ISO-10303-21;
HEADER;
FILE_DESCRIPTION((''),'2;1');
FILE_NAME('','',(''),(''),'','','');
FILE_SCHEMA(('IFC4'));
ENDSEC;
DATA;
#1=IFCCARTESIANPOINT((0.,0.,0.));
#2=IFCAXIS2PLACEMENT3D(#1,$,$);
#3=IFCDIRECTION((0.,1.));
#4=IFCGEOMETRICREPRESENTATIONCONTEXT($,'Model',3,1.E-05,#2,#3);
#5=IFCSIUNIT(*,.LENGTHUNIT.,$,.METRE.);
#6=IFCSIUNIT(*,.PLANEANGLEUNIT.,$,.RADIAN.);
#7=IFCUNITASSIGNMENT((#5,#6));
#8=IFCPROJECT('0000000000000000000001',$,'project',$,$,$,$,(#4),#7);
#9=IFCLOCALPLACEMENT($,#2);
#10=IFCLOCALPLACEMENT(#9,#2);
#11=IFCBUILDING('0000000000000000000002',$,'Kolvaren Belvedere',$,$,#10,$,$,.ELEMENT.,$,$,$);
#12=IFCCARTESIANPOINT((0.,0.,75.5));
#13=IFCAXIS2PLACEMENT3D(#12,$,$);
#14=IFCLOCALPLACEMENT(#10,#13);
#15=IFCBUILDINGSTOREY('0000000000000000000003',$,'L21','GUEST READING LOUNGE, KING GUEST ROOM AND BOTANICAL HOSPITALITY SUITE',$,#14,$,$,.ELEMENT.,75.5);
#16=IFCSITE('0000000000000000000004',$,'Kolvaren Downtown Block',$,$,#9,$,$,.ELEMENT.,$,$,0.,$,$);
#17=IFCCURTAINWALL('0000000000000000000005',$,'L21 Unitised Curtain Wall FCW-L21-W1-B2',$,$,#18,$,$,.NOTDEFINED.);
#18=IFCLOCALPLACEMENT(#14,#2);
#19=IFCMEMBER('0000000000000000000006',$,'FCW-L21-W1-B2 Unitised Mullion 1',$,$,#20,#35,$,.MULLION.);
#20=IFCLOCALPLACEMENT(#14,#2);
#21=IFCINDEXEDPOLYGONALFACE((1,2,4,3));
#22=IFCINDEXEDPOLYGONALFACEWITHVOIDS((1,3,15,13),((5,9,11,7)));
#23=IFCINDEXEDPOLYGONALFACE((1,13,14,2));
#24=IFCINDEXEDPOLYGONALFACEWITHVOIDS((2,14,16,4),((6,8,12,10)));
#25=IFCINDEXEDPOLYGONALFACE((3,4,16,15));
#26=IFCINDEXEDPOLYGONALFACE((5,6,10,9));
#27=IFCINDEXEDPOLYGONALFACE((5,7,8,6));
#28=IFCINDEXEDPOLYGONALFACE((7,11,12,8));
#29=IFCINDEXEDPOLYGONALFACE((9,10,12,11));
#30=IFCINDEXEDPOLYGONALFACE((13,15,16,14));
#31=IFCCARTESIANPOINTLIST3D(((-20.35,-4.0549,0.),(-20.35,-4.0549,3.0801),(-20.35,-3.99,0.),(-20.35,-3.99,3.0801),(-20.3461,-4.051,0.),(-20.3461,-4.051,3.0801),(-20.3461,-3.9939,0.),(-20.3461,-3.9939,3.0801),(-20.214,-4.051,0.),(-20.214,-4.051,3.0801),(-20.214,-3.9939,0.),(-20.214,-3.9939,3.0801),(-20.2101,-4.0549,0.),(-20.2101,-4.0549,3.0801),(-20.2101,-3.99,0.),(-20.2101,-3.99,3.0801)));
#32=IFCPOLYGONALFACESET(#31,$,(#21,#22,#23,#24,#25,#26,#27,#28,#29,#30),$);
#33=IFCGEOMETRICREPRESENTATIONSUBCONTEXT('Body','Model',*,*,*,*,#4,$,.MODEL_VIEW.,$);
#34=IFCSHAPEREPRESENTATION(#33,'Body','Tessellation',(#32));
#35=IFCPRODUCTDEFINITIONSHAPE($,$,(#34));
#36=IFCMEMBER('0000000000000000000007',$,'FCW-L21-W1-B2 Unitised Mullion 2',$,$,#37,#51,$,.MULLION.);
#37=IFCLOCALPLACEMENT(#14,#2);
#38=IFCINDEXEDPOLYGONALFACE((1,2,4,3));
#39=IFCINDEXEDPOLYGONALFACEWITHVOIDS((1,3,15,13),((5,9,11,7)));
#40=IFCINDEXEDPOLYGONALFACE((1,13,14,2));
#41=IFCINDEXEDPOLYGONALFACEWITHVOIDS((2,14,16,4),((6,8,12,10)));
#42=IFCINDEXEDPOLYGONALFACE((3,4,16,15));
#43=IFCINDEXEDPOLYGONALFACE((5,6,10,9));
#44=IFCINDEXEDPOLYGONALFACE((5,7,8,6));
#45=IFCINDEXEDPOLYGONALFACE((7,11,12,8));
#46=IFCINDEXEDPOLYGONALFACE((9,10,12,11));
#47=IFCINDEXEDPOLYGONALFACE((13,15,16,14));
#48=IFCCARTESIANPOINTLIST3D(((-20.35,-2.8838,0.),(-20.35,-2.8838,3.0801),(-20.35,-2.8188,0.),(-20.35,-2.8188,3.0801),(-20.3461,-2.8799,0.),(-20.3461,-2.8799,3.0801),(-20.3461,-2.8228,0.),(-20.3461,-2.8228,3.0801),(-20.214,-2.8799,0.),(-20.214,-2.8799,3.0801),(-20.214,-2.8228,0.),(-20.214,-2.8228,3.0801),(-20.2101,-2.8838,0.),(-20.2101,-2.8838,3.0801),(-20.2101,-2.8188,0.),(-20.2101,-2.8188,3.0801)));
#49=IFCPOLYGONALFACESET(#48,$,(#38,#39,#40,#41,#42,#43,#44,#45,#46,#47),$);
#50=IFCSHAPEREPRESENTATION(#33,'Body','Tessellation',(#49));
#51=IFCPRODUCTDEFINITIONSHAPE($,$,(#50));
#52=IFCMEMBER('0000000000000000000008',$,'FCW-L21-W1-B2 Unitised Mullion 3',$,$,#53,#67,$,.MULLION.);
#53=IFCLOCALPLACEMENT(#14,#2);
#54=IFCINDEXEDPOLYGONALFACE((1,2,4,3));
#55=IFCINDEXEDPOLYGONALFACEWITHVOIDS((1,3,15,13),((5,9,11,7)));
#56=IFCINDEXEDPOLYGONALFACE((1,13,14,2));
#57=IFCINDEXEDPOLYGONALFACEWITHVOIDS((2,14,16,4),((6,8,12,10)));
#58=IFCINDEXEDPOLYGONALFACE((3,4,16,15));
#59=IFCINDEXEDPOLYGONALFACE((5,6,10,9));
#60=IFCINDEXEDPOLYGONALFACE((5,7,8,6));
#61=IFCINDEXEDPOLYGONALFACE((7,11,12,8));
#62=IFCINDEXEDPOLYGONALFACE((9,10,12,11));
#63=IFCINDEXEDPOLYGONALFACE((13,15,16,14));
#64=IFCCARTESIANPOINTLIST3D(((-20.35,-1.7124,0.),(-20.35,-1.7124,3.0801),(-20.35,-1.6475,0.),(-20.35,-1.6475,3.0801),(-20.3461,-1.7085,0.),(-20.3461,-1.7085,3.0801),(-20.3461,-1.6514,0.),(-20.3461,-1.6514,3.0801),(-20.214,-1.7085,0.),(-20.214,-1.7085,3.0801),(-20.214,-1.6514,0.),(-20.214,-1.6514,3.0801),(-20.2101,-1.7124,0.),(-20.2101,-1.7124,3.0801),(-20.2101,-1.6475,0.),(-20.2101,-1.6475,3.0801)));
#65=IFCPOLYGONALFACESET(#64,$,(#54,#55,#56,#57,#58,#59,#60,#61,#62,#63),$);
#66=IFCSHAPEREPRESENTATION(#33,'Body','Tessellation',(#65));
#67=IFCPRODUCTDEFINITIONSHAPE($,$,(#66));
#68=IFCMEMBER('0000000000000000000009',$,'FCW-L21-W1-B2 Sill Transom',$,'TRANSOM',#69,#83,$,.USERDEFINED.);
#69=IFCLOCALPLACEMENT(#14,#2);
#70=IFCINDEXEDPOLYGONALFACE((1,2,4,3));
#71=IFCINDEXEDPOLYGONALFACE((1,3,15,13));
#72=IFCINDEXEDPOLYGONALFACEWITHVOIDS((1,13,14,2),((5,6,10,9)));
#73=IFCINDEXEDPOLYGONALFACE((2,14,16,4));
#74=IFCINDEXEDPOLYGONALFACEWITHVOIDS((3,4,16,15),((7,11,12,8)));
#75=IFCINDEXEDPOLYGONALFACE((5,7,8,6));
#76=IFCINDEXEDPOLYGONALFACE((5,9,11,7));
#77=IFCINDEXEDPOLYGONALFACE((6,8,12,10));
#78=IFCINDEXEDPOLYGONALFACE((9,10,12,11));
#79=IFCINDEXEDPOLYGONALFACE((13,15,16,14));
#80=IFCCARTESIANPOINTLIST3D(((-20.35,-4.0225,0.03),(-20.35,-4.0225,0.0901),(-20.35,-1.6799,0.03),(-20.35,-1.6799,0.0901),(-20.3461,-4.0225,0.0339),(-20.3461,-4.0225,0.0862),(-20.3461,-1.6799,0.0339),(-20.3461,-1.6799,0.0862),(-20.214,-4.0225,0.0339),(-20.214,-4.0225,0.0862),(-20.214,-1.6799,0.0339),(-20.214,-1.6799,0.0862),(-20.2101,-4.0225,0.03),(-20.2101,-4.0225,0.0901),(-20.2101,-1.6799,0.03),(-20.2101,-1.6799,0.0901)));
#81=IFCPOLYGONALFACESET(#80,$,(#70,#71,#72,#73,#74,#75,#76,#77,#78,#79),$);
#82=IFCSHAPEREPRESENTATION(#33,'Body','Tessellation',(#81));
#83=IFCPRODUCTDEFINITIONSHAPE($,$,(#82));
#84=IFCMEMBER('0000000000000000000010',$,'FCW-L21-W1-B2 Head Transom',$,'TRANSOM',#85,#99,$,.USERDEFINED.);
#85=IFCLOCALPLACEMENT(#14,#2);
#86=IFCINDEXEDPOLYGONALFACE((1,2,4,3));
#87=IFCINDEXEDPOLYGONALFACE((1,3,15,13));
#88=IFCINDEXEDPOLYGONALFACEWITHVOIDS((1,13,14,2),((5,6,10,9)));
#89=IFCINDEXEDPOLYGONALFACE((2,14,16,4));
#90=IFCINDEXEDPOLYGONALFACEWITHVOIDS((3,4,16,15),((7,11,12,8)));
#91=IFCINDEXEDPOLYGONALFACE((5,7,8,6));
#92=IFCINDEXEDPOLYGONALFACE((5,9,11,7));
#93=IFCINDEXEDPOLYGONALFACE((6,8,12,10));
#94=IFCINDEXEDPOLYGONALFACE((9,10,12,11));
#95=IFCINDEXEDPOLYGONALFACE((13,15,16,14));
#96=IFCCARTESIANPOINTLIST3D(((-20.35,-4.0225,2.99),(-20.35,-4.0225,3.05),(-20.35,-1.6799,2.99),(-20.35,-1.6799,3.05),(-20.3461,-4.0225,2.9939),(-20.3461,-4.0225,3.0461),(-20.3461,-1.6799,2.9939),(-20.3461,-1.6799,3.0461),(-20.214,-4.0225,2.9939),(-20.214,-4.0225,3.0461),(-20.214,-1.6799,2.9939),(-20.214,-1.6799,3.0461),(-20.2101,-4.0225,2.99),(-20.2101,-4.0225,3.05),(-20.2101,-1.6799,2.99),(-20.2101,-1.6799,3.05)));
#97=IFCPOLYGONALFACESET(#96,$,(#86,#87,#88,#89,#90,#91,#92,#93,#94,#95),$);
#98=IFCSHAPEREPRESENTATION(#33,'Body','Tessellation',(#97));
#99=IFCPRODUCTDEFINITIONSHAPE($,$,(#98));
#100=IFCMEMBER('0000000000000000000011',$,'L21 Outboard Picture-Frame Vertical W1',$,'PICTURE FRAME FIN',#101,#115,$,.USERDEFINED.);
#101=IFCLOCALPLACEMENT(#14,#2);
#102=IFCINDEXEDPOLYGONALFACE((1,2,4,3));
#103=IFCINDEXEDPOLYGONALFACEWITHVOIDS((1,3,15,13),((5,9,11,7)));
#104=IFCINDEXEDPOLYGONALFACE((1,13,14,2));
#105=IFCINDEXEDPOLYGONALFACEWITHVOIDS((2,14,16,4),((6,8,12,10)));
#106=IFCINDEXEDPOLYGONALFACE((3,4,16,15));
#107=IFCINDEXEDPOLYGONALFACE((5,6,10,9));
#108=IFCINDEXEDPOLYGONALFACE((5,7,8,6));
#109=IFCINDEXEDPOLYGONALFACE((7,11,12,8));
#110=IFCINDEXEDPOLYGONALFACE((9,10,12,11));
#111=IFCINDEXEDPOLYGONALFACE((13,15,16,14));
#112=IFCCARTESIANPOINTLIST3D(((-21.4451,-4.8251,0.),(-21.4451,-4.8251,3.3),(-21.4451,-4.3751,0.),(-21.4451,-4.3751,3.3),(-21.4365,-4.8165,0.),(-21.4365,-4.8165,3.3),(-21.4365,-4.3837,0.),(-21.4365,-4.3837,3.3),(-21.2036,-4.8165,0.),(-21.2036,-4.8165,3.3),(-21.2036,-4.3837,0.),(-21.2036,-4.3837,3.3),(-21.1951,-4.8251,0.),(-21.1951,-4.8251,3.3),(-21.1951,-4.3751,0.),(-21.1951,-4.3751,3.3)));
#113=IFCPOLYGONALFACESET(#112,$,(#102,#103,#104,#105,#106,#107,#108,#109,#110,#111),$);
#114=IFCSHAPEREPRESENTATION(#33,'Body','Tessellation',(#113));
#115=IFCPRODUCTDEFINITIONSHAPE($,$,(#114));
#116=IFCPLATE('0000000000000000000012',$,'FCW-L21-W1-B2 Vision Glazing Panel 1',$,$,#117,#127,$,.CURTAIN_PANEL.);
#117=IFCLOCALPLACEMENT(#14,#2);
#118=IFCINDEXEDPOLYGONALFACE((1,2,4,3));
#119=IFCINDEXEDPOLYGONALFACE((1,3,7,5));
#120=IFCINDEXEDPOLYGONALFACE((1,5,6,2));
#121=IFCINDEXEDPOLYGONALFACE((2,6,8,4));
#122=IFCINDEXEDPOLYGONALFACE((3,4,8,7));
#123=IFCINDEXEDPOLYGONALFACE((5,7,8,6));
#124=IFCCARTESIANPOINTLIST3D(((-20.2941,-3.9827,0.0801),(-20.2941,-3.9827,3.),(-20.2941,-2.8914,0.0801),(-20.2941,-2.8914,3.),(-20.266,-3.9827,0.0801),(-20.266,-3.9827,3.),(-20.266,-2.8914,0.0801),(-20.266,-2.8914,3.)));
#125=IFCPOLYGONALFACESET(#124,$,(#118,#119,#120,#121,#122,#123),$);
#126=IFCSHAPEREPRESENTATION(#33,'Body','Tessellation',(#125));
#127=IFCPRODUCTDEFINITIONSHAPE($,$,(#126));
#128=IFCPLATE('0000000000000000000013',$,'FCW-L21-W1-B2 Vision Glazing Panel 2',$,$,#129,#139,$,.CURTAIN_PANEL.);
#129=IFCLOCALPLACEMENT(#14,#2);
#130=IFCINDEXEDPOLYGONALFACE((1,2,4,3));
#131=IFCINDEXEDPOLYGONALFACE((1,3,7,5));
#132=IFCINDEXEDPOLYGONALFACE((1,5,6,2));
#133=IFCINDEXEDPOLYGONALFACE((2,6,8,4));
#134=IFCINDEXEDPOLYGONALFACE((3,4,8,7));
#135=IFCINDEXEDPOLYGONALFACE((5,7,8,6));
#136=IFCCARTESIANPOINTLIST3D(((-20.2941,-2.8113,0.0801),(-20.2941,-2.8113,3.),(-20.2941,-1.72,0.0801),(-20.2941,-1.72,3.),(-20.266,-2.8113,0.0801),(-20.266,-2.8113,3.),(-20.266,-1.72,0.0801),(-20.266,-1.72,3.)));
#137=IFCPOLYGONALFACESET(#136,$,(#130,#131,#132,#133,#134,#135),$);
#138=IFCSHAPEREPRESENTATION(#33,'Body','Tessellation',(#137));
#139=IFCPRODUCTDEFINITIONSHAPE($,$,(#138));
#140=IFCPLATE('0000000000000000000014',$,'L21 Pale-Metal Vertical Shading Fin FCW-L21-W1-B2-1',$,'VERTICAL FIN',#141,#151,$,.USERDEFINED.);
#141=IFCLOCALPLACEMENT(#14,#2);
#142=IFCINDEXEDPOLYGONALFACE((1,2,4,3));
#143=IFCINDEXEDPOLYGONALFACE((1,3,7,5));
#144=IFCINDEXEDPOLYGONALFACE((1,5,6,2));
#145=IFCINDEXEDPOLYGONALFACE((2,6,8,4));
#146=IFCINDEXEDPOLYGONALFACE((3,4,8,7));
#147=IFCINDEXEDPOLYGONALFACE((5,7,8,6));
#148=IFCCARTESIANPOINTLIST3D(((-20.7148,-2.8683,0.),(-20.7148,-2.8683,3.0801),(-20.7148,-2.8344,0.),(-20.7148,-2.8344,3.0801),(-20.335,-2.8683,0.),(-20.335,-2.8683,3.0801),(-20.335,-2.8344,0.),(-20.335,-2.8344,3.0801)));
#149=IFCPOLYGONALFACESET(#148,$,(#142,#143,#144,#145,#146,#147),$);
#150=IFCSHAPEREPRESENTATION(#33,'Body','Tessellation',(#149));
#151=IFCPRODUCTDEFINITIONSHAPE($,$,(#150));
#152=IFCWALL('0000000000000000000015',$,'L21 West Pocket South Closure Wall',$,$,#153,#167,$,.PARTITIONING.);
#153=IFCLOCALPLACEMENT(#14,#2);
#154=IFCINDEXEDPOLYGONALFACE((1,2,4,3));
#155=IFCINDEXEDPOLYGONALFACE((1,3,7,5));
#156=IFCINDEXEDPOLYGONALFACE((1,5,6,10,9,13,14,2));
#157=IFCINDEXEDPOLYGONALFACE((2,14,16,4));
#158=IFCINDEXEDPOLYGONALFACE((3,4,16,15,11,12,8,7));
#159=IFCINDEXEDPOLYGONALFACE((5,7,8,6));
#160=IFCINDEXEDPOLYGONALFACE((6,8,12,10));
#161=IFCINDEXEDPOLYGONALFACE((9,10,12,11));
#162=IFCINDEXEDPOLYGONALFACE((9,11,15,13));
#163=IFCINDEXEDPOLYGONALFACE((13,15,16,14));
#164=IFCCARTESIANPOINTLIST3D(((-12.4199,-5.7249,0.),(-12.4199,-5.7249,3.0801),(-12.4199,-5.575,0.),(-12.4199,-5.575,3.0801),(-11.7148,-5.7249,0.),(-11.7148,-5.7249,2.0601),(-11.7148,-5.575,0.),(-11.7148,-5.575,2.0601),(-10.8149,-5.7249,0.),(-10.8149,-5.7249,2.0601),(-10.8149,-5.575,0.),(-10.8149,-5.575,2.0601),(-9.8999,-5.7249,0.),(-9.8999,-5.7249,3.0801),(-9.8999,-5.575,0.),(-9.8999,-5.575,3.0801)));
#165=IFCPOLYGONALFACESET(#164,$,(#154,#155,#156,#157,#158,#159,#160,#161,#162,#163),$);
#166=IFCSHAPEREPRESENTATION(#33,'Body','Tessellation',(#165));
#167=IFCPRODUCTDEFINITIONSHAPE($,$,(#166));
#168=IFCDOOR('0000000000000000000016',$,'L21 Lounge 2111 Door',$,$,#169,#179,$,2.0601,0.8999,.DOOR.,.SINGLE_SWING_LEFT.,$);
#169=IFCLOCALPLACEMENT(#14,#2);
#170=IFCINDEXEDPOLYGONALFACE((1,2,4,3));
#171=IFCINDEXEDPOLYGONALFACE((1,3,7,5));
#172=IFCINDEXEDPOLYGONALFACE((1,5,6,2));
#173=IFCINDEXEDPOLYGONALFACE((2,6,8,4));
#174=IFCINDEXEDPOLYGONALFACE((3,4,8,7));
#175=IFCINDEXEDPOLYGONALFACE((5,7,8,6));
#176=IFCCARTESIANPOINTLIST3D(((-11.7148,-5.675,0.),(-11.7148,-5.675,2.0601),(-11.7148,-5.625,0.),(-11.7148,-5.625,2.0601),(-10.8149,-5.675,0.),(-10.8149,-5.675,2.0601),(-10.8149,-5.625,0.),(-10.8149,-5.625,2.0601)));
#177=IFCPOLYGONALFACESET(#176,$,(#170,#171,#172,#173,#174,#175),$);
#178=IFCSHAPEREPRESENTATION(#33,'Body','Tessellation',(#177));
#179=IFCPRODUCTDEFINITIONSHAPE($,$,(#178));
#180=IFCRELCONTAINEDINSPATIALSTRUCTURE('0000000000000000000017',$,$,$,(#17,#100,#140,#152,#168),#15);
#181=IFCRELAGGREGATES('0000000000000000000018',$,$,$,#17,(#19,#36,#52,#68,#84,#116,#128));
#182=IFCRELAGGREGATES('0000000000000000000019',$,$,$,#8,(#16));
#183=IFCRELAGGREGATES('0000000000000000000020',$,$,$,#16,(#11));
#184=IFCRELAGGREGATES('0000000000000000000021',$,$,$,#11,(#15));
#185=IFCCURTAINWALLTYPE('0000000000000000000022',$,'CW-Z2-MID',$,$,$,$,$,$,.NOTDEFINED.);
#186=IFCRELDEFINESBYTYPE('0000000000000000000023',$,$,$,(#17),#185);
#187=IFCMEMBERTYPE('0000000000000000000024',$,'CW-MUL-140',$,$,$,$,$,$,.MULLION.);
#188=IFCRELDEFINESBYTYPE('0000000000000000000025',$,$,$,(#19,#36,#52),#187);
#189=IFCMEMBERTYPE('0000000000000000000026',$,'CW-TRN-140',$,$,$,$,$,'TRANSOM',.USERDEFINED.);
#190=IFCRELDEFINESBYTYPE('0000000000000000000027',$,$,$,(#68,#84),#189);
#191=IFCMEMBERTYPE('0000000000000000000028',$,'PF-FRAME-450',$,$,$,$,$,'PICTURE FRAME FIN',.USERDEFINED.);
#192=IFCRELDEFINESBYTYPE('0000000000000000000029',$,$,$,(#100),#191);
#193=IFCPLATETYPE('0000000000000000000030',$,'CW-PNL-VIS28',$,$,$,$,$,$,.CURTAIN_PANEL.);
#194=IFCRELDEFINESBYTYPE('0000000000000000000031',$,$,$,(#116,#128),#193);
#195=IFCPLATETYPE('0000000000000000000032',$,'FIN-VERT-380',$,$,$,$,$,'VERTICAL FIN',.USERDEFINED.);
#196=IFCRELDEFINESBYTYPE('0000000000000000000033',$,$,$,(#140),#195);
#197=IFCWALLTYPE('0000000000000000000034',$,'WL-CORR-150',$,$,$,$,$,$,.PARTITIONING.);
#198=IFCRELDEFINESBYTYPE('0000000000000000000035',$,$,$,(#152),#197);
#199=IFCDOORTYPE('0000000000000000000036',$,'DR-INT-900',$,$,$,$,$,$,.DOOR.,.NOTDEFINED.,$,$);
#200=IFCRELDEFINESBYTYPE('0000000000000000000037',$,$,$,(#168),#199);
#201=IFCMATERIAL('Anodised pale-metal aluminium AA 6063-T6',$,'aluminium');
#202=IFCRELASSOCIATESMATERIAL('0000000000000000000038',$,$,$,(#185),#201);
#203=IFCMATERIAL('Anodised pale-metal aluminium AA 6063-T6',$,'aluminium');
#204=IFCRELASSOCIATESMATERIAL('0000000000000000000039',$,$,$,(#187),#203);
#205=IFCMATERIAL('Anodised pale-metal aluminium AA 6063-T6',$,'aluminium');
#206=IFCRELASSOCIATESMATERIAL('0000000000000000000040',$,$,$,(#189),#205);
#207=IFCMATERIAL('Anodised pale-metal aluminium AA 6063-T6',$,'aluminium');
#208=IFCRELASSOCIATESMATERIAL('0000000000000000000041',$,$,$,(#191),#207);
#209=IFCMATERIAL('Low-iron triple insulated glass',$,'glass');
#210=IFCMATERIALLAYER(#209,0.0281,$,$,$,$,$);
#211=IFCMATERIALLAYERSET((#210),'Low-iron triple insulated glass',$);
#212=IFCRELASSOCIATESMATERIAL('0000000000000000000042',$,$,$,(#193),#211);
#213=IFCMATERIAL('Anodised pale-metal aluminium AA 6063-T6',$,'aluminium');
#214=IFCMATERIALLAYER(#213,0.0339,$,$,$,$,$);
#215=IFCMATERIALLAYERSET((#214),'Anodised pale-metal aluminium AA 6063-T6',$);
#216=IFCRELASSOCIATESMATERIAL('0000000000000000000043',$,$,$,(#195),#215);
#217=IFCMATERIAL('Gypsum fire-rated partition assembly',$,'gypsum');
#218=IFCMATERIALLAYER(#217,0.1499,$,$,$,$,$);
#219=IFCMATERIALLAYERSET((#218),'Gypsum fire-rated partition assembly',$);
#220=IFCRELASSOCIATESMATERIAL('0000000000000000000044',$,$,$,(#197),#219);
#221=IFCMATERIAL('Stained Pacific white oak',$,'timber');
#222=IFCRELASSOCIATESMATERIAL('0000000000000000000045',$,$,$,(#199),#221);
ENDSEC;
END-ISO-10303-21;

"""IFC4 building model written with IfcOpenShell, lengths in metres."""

from ifc_helpers import new_model, si_unit, direction, frame, frame_2d, origin, origin_2d, place, context, subcontext, project, spatial, rectangle, hollow_rectangle, extrude, material, layer, layer_set, material_profile, profile_set, type_object, element, fill, aggregate, save


model = new_model("IFC4")

# Units and contexts
model_context = context("Model", 3, precision=1e-05, world=origin(), true_north=direction((0.0, 1.0)))
body_context = subcontext(model_context, "Body", "Model", "MODEL_VIEW")
ifc_project = project(units=[si_unit("LENGTHUNIT", "METRE"), si_unit("PLANEANGLEUNIT", "RADIAN")], contexts=[model_context])

# Site, building, storey
site_placement = place(None, origin())
site = spatial("IfcSite", under=ifc_project, at=site_placement, Name="Kolvaren Downtown Block", CompositionType="ELEMENT", RefElevation=0.0)
building_placement = place(site_placement, origin())
building = spatial("IfcBuilding", under=site, at=building_placement, Name="Kolvaren Belvedere", CompositionType="ELEMENT")
storey_placement = place(building_placement, frame((0.0, 0.0, 75.5)))
storey = spatial("IfcBuildingStorey", under=building, at=storey_placement, Name="L21", Description="GUEST READING LOUNGE, KING GUEST ROOM AND BOTANICAL HOSPITALITY SUITE", CompositionType="ELEMENT", Elevation=75.5)

# Shared definitions
ifc_material_1 = material(Name="Anodised pale-metal aluminium AA 6063-T6", Category="aluminium")
curtain_wall_type = type_object("IfcCurtainWallType", Name="CW-Z2-MID", PredefinedType="NOTDEFINED", material=ifc_material_1)
ifc_material_2 = material(Name="Anodised pale-metal aluminium AA 6063-T6", Category="aluminium")
ifc_material_profile_1 = material_profile(ifc_material_2, hollow_rectangle(XDim=0.0649, YDim=0.1399, WallThickness=0.0039, at=origin_2d()), Name="ALU-MUL-140X65")
ifc_profile_set_1 = profile_set([ifc_material_profile_1], Name="Anodised pale-metal aluminium AA 6063-T6")
member_type_1 = type_object("IfcMemberType", Name="CW-MUL-140", PredefinedType="MULLION", material=ifc_profile_set_1)

# Curtain wall, members
curtain_wall_1_placement = place(storey_placement, origin())
curtain_wall_1 = element("IfcCurtainWall", 1, at=curtain_wall_1_placement, inside=storey, type_object=curtain_wall_type, Name="L21 Unitised Curtain Wall FCW-L21-W1-B2", PredefinedType="NOTDEFINED")
member_1_placement = place(storey_placement, frame((-20.28, -4.0225, 0.0), z_axis=(0.0, 0.0, 1.0), x_axis=(0.0, 1.0, 0.0)))
member_1 = element("IfcMember", 2, at=member_1_placement, type_object=member_type_1, Name="FCW-L21-W1-B2 Unitised Mullion 1", PredefinedType="MULLION", context=body_context, shape_type="SweptSolid", body=[
    extrude(hollow_rectangle(XDim=0.0649, YDim=0.1399, WallThickness=0.0039, at=origin_2d()), origin(), (0.0, 0.0, 1.0), 3.0801),
])
member_2_placement = place(storey_placement, frame((-20.28, -2.8513, 0.0), z_axis=(0.0, 0.0, 1.0), x_axis=(0.0, 1.0, 0.0)))
member_2 = element("IfcMember", 3, at=member_2_placement, type_object=member_type_1, Name="FCW-L21-W1-B2 Unitised Mullion 2", PredefinedType="MULLION", context=body_context, shape_type="SweptSolid", body=[
    extrude(hollow_rectangle(XDim=0.0649, YDim=0.1399, WallThickness=0.0039, at=origin_2d()), origin(), (0.0, 0.0, 1.0), 3.0801),
])
member_3_placement = place(storey_placement, frame((-20.28, -1.6799, 0.0), z_axis=(0.0, 0.0, 1.0), x_axis=(0.0, 1.0, 0.0)))
member_3 = element("IfcMember", 4, at=member_3_placement, type_object=member_type_1, Name="FCW-L21-W1-B2 Unitised Mullion 3", PredefinedType="MULLION", context=body_context, shape_type="SweptSolid", body=[
    extrude(hollow_rectangle(XDim=0.0649, YDim=0.1399, WallThickness=0.0039, at=origin_2d()), origin(), (0.0, 0.0, 1.0), 3.0801),
])
ifc_material_3 = material(Name="Anodised pale-metal aluminium AA 6063-T6", Category="aluminium")
ifc_material_profile_2 = material_profile(ifc_material_3, hollow_rectangle(XDim=0.0601, YDim=0.1399, WallThickness=0.0039, at=origin_2d()), Name="ALU-TRN-140X60")
ifc_profile_set_2 = profile_set([ifc_material_profile_2], Name="Anodised pale-metal aluminium AA 6063-T6")
member_type_2 = type_object("IfcMemberType", Name="CW-TRN-140", ElementType="TRANSOM", PredefinedType="USERDEFINED", material=ifc_profile_set_2)
member_4_placement = place(storey_placement, frame((-20.28, -4.0225, 0.0601), z_axis=(0.0, 1.0, 0.0), x_axis=(0.0, 0.0, 1.0)))
member_4 = element("IfcMember", 5, at=member_4_placement, type_object=member_type_2, Name="FCW-L21-W1-B2 Sill Transom", ObjectType="TRANSOM", PredefinedType="USERDEFINED", context=body_context, shape_type="SweptSolid", body=[
    extrude(hollow_rectangle(XDim=0.0601, YDim=0.1399, WallThickness=0.0039, at=origin_2d()), origin(), (0.0, 0.0, 1.0), 2.3425),
])
member_5_placement = place(storey_placement, frame((-20.28, -4.0225, 3.02), z_axis=(0.0, 1.0, 0.0), x_axis=(0.0, 0.0, 1.0)))
member_5 = element("IfcMember", 6, at=member_5_placement, type_object=member_type_2, Name="FCW-L21-W1-B2 Head Transom", ObjectType="TRANSOM", PredefinedType="USERDEFINED", context=body_context, shape_type="SweptSolid", body=[
    extrude(hollow_rectangle(XDim=0.0601, YDim=0.1399, WallThickness=0.0039, at=origin_2d()), origin(), (0.0, 0.0, 1.0), 2.3425),
])

# Member
ifc_material_4 = material(Name="Anodised pale-metal aluminium AA 6063-T6", Category="aluminium")
ifc_material_profile_3 = material_profile(ifc_material_4, hollow_rectangle(XDim=0.25, YDim=0.45, WallThickness=0.0085, at=origin_2d()), Name="ALU-PF-450X250")
ifc_profile_set_3 = profile_set([ifc_material_profile_3], Name="Anodised pale-metal aluminium AA 6063-T6")
member_type_3 = type_object("IfcMemberType", Name="PF-FRAME-450", ElementType="PICTURE FRAME FIN", PredefinedType="USERDEFINED", material=ifc_profile_set_3)
member_6_placement = place(storey_placement, frame((-21.3201, -4.6001, 0.0), z_axis=(0.0, 0.0, 1.0), x_axis=(1.0, 0.0, 0.0)))
element("IfcMember", 7, at=member_6_placement, inside=storey, type_object=member_type_3, Name="L21 Outboard Picture-Frame Vertical W1", ObjectType="PICTURE FRAME FIN", PredefinedType="USERDEFINED", context=body_context, shape_type="SweptSolid", body=[
    extrude(hollow_rectangle(XDim=0.25, YDim=0.45, WallThickness=0.0085, at=origin_2d()), origin(), (0.0, 0.0, 1.0), 3.3),
])

# Plates
ifc_material_5 = material(Name="Low-iron triple insulated glass", Category="glass")
ifc_layer_1 = layer(ifc_material_5, 0.0281)
ifc_layer_set_1 = layer_set([ifc_layer_1], Name="Low-iron triple insulated glass")
plate_type_1 = type_object("IfcPlateType", Name="CW-PNL-VIS28", PredefinedType="CURTAIN_PANEL", material=ifc_layer_set_1)
plate_1_placement = place(storey_placement, frame((-20.28, -3.437, 0.0801), z_axis=(0.0, 0.0, 1.0), x_axis=(0.0, 1.0, 0.0)))
plate_1 = element("IfcPlate", 8, at=plate_1_placement, type_object=plate_type_1, Name="FCW-L21-W1-B2 Vision Glazing Panel 1", PredefinedType="CURTAIN_PANEL", context=body_context, shape_type="SweptSolid", body=[
    extrude(rectangle(XDim=1.0913, YDim=0.0281, at=origin_2d()), origin(), (0.0, 0.0, 1.0), 2.9199),
])
plate_2_placement = place(storey_placement, frame((-20.28, -2.2656, 0.0801), z_axis=(0.0, 0.0, 1.0), x_axis=(0.0, 1.0, 0.0)))
plate_2 = element("IfcPlate", 9, at=plate_2_placement, type_object=plate_type_1, Name="FCW-L21-W1-B2 Vision Glazing Panel 2", PredefinedType="CURTAIN_PANEL", context=body_context, shape_type="SweptSolid", body=[
    extrude(rectangle(XDim=1.0913, YDim=0.0281, at=origin_2d()), origin(), (0.0, 0.0, 1.0), 2.9199),
])
aggregate(curtain_wall_1, [member_1, member_2, member_3, member_4, member_5, plate_1, plate_2])
ifc_material_6 = material(Name="Anodised pale-metal aluminium AA 6063-T6", Category="aluminium")
ifc_layer_2 = layer(ifc_material_6, 0.0339)
ifc_layer_set_2 = layer_set([ifc_layer_2], Name="Anodised pale-metal aluminium AA 6063-T6")
plate_type_2 = type_object("IfcPlateType", Name="FIN-VERT-380", ElementType="VERTICAL FIN", PredefinedType="USERDEFINED", material=ifc_layer_set_2)
plate_3_placement = place(storey_placement, frame((-20.5249, -2.8513, 0.0), z_axis=(0.0, 0.0, 1.0), x_axis=(1.0, 0.0, 0.0)))
element("IfcPlate", 10, at=plate_3_placement, inside=storey, type_object=plate_type_2, Name="L21 Pale-Metal Vertical Shading Fin FCW-L21-W1-B2-1", ObjectType="VERTICAL FIN", PredefinedType="USERDEFINED", context=body_context, shape_type="SweptSolid", body=[
    extrude(rectangle(XDim=0.3799, YDim=0.0339, at=origin_2d()), origin(), (0.0, 0.0, 1.0), 3.0801),
])

# Wall, opening, door
ifc_material_7 = material(Name="Gypsum fire-rated partition assembly", Category="gypsum")
ifc_layer_3 = layer(ifc_material_7, 0.1499)
ifc_layer_set_3 = layer_set([ifc_layer_3], Name="Gypsum fire-rated partition assembly")
wall_type_1 = type_object("IfcWallType", Name="WL-CORR-150", PredefinedType="PARTITIONING", material=ifc_layer_set_3)
wall_1_placement = place(storey_placement, frame((-12.4199, -5.6499, 0.0), z_axis=(0.0, 0.0, 1.0), x_axis=(1.0, 0.0, 0.0)))
wall_1 = element("IfcWall", 11, at=wall_1_placement, inside=storey, type_object=wall_type_1, Name="L21 West Pocket South Closure Wall", PredefinedType="PARTITIONING", context=body_context, shape_type="SweptSolid", body=[
    extrude(rectangle(XDim=2.52, YDim=0.1499, at=frame_2d((1.26, 0.0))), origin(), (0.0, 0.0, 1.0), 3.0801),
])
opening_1_placement = place(wall_1_placement, frame((0.7051, 0.0, 0.0)))
opening_1 = element("IfcOpeningElement", 12, at=opening_1_placement, cuts=wall_1, PredefinedType="OPENING", context=body_context, shape_type="SweptSolid", body=[
    extrude(rectangle(XDim=0.8999, YDim=2.0601, at=frame_2d((0.45, 1.03))), frame((0.0, 0.085, 0.0), z_axis=(0.0, -1.0, 0.0), x_axis=(1.0, 0.0, 0.0)), (0.0, 0.0, 1.0), 0.1699),
])
ifc_material_8 = material(Name="Stained Pacific white oak", Category="timber")
door_type_1 = type_object("IfcDoorType", Name="DR-INT-900", OperationType="NOTDEFINED", PredefinedType="DOOR", material=ifc_material_8)
door_1_placement = place(opening_1_placement, origin())
door_1 = element("IfcDoor", 13, at=door_1_placement, inside=storey, type_object=door_type_1, Name="L21 Lounge 2111 Door", OperationType="SINGLE_SWING_LEFT", OverallHeight=2.0601, OverallWidth=0.8999, PredefinedType="DOOR", context=body_context, shape_type="SweptSolid", body=[
    extrude(rectangle(XDim=0.8999, YDim=2.0601, at=frame_2d((0.45, 1.03))), frame((0.0, 0.0249, 0.0), z_axis=(0.0, -1.0, 0.0), x_axis=(1.0, 0.0, 0.0)), (0.0, 0.0, 1.0), 0.05),
])
fill(opening_1, door_1)

save(model, "model.ifc")
